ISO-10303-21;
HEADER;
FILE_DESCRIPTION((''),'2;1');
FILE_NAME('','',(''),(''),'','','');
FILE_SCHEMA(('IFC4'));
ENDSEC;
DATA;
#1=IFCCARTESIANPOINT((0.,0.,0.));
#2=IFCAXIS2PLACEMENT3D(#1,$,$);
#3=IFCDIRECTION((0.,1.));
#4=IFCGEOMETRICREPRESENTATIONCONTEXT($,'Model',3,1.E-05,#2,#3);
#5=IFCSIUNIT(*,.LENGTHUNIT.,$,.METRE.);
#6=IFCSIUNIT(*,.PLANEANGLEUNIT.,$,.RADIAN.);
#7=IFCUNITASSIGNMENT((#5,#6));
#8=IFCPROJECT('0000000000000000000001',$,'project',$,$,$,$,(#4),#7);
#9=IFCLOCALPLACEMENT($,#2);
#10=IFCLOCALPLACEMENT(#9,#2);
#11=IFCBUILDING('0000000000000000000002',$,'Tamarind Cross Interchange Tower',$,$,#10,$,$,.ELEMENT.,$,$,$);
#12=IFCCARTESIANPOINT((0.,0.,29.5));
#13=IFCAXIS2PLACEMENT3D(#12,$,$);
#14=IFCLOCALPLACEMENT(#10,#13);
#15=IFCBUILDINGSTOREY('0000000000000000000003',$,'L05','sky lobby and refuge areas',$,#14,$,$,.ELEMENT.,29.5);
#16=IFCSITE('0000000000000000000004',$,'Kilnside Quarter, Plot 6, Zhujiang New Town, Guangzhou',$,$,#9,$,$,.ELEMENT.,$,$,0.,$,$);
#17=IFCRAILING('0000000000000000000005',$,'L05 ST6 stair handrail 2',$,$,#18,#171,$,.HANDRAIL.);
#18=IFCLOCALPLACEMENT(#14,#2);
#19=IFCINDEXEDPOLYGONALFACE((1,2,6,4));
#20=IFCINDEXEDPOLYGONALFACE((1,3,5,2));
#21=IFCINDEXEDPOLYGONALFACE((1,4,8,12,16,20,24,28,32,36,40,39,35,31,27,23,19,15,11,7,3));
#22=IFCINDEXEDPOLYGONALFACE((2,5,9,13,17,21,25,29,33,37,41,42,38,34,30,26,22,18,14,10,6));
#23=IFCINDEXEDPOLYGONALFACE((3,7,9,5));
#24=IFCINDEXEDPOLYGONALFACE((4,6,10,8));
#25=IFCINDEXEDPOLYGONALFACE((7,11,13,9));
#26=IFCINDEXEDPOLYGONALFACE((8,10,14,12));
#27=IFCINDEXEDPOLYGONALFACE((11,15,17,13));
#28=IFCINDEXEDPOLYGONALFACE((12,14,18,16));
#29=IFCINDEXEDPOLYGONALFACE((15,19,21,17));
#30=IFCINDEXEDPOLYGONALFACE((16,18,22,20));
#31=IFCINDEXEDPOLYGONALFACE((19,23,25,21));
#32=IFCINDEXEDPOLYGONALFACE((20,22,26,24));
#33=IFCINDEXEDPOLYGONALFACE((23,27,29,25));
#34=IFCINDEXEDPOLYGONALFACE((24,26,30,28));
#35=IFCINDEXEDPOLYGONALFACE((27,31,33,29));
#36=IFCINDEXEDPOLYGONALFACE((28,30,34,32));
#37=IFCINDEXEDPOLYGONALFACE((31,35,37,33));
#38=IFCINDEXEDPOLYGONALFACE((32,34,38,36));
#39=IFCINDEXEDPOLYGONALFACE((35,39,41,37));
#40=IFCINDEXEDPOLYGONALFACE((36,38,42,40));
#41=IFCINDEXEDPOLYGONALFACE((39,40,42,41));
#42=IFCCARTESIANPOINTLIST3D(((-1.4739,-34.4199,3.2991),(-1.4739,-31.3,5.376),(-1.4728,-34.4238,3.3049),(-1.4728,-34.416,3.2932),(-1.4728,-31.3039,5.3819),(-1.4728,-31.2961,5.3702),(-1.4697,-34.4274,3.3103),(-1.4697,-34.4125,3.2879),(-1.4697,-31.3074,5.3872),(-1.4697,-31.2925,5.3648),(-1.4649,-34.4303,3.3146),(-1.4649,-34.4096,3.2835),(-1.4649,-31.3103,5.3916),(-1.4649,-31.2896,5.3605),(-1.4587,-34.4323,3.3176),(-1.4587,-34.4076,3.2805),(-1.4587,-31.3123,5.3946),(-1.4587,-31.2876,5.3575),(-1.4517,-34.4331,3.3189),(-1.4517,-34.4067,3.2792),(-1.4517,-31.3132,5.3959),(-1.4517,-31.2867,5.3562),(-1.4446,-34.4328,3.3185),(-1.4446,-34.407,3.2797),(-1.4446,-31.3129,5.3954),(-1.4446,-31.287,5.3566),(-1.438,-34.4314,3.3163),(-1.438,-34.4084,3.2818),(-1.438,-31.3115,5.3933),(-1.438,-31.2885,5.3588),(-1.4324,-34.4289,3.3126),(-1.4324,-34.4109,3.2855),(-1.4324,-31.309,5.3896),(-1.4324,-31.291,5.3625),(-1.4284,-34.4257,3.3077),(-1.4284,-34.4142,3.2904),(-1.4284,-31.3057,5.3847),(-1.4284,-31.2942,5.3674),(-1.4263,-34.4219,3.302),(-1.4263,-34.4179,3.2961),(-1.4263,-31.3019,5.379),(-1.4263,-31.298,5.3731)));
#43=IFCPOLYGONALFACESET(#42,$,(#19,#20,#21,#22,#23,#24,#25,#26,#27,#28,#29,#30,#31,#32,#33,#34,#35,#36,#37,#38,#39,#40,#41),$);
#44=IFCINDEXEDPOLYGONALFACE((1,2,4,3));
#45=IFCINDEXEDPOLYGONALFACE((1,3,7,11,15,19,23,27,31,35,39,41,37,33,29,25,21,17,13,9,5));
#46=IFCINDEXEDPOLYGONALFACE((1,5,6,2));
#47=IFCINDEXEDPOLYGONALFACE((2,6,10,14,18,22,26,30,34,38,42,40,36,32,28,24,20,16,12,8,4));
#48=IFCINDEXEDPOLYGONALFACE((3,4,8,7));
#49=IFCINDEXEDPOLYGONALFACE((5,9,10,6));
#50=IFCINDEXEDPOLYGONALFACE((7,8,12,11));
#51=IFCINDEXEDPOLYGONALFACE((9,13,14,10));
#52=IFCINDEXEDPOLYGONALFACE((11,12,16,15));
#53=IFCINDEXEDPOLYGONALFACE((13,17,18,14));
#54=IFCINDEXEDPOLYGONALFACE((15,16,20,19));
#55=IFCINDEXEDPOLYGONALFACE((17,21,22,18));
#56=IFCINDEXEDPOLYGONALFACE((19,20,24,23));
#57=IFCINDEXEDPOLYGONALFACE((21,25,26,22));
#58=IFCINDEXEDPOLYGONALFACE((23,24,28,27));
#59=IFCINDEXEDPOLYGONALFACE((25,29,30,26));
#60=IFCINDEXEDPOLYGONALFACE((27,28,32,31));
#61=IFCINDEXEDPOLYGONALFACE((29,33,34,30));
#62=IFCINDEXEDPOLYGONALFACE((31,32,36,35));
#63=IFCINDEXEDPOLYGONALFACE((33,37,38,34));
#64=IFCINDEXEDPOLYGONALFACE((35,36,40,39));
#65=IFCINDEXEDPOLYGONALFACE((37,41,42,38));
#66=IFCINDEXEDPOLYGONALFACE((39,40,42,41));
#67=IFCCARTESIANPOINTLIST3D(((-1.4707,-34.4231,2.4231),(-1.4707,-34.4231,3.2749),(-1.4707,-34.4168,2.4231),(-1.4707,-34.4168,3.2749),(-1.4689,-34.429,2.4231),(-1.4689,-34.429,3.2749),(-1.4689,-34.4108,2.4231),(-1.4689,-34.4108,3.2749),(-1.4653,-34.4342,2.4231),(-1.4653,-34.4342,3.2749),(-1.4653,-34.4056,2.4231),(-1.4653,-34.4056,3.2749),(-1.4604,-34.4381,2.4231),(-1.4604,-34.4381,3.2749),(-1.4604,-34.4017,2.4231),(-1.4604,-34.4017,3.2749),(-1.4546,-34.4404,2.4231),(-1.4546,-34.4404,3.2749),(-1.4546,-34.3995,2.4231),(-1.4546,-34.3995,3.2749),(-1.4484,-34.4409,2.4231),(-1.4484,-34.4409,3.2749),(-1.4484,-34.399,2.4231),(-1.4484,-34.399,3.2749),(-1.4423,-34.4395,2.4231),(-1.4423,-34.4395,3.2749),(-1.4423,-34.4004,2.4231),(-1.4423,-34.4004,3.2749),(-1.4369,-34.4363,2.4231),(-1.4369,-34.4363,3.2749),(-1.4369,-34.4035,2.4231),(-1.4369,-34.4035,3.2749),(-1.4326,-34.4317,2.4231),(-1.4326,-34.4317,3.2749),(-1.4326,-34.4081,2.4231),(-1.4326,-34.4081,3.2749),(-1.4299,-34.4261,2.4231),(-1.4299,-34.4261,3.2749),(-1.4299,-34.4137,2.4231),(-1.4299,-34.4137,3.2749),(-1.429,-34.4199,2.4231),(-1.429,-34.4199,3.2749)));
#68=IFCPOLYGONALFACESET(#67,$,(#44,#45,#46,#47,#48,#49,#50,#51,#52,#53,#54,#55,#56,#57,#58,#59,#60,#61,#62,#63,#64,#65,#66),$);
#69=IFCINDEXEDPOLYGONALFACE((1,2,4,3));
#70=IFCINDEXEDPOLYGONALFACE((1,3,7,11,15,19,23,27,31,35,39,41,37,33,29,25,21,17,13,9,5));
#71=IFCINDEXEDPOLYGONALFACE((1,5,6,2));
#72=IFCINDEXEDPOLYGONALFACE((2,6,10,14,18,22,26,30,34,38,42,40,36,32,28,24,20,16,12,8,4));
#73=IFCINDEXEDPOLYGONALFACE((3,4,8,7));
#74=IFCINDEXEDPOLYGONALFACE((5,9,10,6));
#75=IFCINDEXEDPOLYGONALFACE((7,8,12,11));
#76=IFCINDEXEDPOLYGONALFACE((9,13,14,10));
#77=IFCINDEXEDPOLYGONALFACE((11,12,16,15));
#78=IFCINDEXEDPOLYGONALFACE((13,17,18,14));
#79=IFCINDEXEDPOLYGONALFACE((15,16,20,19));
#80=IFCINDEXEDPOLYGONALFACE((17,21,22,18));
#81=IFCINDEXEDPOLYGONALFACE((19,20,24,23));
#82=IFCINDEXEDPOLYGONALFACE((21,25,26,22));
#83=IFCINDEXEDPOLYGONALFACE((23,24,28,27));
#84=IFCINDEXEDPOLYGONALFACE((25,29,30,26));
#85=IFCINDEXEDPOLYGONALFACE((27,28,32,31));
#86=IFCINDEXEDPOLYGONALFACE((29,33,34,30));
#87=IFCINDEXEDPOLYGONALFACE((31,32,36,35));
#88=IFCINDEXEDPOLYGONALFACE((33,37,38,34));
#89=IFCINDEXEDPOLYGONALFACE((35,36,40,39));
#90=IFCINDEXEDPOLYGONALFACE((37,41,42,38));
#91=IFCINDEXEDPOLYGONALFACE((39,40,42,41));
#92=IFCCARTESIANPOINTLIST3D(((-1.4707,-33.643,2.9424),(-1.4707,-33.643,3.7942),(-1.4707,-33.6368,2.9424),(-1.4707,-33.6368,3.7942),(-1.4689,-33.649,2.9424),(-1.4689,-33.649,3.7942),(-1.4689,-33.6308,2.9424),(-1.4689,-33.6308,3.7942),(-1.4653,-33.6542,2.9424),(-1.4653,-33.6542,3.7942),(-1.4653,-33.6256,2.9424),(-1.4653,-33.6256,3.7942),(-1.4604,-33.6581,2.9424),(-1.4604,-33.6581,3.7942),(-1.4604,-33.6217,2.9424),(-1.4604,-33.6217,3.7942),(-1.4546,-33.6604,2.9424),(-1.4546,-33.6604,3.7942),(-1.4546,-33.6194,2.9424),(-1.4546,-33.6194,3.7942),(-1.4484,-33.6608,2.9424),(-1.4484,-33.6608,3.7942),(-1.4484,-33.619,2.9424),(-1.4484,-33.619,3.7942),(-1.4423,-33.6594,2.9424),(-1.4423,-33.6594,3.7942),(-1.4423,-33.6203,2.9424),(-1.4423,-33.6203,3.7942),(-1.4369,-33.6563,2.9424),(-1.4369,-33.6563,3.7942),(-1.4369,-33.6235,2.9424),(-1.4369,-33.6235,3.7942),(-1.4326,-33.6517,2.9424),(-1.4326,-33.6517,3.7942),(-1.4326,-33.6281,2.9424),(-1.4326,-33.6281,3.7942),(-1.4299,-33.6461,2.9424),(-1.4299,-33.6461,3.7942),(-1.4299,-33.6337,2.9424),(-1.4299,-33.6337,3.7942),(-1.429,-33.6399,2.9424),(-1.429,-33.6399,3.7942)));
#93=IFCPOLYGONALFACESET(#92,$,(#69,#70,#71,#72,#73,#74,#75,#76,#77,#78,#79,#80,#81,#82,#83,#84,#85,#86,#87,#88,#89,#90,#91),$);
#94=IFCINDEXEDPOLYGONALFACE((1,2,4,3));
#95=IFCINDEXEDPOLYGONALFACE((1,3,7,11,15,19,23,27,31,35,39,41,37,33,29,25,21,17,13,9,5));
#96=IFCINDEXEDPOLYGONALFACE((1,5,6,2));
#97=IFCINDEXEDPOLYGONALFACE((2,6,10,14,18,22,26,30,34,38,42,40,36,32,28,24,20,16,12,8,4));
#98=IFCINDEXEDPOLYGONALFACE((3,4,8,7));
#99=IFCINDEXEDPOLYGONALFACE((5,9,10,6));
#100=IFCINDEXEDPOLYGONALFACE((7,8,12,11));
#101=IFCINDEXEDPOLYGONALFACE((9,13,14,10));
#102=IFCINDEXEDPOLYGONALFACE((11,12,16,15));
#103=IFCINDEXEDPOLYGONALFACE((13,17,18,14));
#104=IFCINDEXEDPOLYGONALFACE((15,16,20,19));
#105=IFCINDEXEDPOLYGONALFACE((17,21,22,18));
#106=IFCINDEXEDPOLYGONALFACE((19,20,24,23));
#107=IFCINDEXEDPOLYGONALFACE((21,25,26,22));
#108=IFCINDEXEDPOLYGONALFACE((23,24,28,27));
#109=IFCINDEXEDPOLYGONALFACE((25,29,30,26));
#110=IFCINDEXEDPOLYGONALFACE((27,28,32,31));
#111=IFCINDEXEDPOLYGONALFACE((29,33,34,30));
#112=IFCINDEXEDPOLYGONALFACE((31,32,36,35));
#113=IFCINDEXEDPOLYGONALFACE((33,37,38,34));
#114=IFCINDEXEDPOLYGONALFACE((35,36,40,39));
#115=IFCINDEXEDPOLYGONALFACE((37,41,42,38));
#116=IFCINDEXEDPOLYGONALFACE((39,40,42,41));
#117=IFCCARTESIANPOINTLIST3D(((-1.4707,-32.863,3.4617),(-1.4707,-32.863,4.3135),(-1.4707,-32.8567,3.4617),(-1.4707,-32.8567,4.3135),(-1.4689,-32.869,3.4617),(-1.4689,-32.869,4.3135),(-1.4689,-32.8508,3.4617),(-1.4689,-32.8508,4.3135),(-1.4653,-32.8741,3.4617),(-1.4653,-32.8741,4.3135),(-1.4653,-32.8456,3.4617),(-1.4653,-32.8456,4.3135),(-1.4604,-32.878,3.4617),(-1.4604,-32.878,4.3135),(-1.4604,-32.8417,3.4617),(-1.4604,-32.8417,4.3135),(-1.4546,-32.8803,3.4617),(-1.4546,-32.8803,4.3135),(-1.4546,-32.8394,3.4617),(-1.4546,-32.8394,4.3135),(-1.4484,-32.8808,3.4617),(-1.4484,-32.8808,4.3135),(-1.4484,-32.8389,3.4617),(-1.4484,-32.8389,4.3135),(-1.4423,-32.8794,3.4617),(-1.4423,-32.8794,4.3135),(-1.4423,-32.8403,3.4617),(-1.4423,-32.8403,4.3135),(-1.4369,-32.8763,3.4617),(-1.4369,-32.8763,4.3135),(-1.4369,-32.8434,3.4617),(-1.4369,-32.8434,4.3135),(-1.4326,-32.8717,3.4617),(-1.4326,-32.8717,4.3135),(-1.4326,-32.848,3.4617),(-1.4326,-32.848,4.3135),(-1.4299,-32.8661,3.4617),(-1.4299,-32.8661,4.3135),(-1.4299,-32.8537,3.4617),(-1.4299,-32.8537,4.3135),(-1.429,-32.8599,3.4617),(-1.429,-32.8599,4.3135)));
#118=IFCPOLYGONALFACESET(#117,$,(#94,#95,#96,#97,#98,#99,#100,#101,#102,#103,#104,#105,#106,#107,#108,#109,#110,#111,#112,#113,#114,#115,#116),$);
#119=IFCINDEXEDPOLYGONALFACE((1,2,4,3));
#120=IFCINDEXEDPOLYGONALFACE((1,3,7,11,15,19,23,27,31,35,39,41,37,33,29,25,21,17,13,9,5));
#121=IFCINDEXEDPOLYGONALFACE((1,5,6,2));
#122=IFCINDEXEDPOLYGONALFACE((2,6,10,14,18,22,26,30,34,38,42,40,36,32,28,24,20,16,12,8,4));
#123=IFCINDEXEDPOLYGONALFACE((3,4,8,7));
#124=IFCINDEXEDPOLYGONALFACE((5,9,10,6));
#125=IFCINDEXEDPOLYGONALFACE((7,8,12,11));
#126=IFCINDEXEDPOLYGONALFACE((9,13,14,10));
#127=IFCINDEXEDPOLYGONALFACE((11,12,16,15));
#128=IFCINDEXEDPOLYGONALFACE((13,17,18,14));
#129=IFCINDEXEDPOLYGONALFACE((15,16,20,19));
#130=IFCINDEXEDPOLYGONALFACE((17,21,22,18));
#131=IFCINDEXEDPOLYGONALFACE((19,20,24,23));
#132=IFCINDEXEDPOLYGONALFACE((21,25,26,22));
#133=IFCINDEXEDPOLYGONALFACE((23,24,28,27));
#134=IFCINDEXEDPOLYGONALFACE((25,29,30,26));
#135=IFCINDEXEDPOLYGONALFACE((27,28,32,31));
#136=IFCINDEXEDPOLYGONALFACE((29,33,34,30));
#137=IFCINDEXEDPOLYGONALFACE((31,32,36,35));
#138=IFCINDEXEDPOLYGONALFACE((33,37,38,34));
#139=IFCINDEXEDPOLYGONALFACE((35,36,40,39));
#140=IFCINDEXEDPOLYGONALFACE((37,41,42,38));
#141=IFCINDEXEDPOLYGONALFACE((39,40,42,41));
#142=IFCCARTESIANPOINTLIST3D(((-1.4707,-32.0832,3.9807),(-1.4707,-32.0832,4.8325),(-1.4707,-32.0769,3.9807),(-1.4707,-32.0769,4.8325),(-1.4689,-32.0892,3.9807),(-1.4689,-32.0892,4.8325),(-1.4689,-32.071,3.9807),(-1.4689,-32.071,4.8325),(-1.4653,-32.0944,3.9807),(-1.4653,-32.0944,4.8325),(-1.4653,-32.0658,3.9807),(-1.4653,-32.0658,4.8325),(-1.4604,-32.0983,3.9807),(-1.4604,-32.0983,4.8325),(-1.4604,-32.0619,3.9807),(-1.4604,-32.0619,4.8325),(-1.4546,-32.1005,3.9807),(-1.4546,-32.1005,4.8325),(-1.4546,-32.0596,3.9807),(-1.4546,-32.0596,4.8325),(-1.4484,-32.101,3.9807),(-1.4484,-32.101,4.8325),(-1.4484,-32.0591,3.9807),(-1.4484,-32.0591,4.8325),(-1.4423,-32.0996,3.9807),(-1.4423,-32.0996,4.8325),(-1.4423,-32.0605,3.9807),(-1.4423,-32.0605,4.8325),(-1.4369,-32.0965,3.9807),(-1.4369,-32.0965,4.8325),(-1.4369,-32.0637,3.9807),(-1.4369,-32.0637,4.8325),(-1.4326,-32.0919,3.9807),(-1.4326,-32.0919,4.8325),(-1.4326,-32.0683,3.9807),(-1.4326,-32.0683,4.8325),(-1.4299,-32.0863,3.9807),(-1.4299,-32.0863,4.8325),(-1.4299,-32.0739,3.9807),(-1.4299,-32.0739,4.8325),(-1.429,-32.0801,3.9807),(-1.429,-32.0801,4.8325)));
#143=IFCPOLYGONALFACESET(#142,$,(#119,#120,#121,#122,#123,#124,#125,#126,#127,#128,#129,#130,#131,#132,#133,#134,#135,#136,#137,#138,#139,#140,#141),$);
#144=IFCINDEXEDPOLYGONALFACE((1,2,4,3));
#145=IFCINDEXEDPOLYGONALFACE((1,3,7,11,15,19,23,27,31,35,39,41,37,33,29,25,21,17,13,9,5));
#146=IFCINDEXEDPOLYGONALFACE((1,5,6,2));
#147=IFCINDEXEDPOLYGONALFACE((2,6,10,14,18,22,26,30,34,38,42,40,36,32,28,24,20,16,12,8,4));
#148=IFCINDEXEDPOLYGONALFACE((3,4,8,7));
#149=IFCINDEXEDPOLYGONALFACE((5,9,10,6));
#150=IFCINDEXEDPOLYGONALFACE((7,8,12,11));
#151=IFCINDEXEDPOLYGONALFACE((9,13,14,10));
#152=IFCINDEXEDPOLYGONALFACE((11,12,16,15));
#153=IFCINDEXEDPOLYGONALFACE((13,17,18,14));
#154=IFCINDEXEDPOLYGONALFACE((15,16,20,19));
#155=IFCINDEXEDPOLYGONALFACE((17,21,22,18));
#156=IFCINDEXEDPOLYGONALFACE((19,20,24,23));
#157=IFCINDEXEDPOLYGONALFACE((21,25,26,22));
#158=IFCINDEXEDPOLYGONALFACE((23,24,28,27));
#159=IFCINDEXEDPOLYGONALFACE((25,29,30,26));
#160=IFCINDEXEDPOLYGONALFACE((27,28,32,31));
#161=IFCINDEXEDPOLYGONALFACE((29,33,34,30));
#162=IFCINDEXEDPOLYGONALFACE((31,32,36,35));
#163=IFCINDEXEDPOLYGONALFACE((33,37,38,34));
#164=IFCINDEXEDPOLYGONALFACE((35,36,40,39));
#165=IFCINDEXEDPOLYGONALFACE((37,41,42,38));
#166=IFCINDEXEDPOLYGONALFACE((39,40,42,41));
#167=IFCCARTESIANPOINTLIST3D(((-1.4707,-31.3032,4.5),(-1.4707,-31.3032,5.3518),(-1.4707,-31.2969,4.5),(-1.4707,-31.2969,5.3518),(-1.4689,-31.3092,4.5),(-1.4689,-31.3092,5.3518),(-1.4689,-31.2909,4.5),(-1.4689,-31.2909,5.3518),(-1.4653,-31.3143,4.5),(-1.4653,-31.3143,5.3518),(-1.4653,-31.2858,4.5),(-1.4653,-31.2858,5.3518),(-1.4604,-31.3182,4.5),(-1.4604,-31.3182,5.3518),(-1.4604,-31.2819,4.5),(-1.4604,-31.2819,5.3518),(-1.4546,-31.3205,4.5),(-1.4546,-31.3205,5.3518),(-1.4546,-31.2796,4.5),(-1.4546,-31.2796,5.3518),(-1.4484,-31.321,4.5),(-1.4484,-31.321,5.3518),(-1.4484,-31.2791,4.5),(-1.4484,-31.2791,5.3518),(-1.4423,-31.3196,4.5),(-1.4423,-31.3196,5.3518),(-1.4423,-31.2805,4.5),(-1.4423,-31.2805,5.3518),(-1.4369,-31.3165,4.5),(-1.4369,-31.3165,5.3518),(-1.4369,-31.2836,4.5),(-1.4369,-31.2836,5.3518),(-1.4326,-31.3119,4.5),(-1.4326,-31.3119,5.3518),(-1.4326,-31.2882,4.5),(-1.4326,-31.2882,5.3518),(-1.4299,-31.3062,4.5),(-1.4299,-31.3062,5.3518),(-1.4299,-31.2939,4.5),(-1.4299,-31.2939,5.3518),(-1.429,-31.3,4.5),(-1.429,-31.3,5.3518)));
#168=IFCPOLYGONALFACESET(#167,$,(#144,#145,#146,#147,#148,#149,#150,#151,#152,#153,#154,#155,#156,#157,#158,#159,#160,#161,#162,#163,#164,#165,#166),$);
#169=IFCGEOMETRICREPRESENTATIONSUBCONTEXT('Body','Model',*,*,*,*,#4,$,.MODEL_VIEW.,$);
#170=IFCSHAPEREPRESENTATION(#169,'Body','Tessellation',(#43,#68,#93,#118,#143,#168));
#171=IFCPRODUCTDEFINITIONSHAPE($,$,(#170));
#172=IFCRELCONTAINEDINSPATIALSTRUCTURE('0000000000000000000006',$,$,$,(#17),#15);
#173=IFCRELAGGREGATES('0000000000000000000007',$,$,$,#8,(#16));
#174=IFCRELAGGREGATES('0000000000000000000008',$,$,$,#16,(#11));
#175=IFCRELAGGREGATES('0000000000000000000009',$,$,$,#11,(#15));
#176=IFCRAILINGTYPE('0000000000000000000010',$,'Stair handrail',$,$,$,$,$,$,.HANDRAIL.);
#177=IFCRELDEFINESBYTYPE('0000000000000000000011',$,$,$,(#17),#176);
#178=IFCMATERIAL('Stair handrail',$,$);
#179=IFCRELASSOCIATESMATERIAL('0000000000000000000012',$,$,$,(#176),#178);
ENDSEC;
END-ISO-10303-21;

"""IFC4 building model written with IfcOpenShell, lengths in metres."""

from ifc_helpers import new_model, si_unit, direction, frame, origin, origin_2d, place, context, subcontext, project, spatial, circle, extrude, material, type_object, element, save


model = new_model("IFC4")

# Units and contexts
model_context = context("Model", 3, precision=1e-05, world=origin(), true_north=direction((0.0, 1.0)))
body_context = subcontext(model_context, "Body", "Model", "MODEL_VIEW")
ifc_project = project(units=[si_unit("LENGTHUNIT", "METRE"), si_unit("PLANEANGLEUNIT", "RADIAN")], contexts=[model_context])

# Site, building, storey
site_placement = place(None, origin())
site = spatial("IfcSite", under=ifc_project, at=site_placement, Name="Kilnside Quarter, Plot 6, Zhujiang New Town, Guangzhou", CompositionType="ELEMENT", RefElevation=0.0)
building_placement = place(site_placement, origin())
building = spatial("IfcBuilding", under=site, at=building_placement, Name="Tamarind Cross Interchange Tower", CompositionType="ELEMENT")
storey_placement = place(building_placement, frame((0.0, 0.0, 29.5)))
storey = spatial("IfcBuildingStorey", under=building, at=storey_placement, Name="L05", Description="sky lobby and refuge areas", CompositionType="ELEMENT", Elevation=29.5)

# Railing
ifc_material_1 = material(Name="Stair handrail")
railing_type_1 = type_object("IfcRailingType", Name="Stair handrail", PredefinedType="HANDRAIL", material=ifc_material_1)
railing_1_placement = place(storey_placement, frame((-1.45, -34.4199, 2.4231)))
element("IfcRailing", 1, at=railing_1_placement, inside=storey, type_object=railing_type_1, Name="L05 ST6 stair handrail 2", PredefinedType="HANDRAIL", context=body_context, shape_type="SweptSolid", body=[
    extrude(circle(Radius=0.0239, at=origin_2d()), frame((0.0, 0.0, 0.876), z_axis=(0.0, 0.832421, 0.554144), x_axis=(-1.0, 0.0, 0.0)), (0.0, 0.0, 1.0), 3.748),
    extrude(circle(Radius=0.021, at=origin_2d()), origin(), (0.0, 0.0, 1.0), 0.8518),
    extrude(circle(Radius=0.021, at=origin_2d()), frame((0.0, 0.78, 0.5193)), (0.0, 0.0, 1.0), 0.8518),
    extrude(circle(Radius=0.021, at=origin_2d()), frame((0.0, 1.5601, 1.0386)), (0.0, 0.0, 1.0), 0.8518),
    extrude(circle(Radius=0.021, at=origin_2d()), frame((0.0, 2.3398, 1.5576)), (0.0, 0.0, 1.0), 0.8518),
    extrude(circle(Radius=0.021, at=origin_2d()), frame((0.0, 3.1199, 2.0769)), (0.0, 0.0, 1.0), 0.8518),
])

save(model, "model.ifc")
